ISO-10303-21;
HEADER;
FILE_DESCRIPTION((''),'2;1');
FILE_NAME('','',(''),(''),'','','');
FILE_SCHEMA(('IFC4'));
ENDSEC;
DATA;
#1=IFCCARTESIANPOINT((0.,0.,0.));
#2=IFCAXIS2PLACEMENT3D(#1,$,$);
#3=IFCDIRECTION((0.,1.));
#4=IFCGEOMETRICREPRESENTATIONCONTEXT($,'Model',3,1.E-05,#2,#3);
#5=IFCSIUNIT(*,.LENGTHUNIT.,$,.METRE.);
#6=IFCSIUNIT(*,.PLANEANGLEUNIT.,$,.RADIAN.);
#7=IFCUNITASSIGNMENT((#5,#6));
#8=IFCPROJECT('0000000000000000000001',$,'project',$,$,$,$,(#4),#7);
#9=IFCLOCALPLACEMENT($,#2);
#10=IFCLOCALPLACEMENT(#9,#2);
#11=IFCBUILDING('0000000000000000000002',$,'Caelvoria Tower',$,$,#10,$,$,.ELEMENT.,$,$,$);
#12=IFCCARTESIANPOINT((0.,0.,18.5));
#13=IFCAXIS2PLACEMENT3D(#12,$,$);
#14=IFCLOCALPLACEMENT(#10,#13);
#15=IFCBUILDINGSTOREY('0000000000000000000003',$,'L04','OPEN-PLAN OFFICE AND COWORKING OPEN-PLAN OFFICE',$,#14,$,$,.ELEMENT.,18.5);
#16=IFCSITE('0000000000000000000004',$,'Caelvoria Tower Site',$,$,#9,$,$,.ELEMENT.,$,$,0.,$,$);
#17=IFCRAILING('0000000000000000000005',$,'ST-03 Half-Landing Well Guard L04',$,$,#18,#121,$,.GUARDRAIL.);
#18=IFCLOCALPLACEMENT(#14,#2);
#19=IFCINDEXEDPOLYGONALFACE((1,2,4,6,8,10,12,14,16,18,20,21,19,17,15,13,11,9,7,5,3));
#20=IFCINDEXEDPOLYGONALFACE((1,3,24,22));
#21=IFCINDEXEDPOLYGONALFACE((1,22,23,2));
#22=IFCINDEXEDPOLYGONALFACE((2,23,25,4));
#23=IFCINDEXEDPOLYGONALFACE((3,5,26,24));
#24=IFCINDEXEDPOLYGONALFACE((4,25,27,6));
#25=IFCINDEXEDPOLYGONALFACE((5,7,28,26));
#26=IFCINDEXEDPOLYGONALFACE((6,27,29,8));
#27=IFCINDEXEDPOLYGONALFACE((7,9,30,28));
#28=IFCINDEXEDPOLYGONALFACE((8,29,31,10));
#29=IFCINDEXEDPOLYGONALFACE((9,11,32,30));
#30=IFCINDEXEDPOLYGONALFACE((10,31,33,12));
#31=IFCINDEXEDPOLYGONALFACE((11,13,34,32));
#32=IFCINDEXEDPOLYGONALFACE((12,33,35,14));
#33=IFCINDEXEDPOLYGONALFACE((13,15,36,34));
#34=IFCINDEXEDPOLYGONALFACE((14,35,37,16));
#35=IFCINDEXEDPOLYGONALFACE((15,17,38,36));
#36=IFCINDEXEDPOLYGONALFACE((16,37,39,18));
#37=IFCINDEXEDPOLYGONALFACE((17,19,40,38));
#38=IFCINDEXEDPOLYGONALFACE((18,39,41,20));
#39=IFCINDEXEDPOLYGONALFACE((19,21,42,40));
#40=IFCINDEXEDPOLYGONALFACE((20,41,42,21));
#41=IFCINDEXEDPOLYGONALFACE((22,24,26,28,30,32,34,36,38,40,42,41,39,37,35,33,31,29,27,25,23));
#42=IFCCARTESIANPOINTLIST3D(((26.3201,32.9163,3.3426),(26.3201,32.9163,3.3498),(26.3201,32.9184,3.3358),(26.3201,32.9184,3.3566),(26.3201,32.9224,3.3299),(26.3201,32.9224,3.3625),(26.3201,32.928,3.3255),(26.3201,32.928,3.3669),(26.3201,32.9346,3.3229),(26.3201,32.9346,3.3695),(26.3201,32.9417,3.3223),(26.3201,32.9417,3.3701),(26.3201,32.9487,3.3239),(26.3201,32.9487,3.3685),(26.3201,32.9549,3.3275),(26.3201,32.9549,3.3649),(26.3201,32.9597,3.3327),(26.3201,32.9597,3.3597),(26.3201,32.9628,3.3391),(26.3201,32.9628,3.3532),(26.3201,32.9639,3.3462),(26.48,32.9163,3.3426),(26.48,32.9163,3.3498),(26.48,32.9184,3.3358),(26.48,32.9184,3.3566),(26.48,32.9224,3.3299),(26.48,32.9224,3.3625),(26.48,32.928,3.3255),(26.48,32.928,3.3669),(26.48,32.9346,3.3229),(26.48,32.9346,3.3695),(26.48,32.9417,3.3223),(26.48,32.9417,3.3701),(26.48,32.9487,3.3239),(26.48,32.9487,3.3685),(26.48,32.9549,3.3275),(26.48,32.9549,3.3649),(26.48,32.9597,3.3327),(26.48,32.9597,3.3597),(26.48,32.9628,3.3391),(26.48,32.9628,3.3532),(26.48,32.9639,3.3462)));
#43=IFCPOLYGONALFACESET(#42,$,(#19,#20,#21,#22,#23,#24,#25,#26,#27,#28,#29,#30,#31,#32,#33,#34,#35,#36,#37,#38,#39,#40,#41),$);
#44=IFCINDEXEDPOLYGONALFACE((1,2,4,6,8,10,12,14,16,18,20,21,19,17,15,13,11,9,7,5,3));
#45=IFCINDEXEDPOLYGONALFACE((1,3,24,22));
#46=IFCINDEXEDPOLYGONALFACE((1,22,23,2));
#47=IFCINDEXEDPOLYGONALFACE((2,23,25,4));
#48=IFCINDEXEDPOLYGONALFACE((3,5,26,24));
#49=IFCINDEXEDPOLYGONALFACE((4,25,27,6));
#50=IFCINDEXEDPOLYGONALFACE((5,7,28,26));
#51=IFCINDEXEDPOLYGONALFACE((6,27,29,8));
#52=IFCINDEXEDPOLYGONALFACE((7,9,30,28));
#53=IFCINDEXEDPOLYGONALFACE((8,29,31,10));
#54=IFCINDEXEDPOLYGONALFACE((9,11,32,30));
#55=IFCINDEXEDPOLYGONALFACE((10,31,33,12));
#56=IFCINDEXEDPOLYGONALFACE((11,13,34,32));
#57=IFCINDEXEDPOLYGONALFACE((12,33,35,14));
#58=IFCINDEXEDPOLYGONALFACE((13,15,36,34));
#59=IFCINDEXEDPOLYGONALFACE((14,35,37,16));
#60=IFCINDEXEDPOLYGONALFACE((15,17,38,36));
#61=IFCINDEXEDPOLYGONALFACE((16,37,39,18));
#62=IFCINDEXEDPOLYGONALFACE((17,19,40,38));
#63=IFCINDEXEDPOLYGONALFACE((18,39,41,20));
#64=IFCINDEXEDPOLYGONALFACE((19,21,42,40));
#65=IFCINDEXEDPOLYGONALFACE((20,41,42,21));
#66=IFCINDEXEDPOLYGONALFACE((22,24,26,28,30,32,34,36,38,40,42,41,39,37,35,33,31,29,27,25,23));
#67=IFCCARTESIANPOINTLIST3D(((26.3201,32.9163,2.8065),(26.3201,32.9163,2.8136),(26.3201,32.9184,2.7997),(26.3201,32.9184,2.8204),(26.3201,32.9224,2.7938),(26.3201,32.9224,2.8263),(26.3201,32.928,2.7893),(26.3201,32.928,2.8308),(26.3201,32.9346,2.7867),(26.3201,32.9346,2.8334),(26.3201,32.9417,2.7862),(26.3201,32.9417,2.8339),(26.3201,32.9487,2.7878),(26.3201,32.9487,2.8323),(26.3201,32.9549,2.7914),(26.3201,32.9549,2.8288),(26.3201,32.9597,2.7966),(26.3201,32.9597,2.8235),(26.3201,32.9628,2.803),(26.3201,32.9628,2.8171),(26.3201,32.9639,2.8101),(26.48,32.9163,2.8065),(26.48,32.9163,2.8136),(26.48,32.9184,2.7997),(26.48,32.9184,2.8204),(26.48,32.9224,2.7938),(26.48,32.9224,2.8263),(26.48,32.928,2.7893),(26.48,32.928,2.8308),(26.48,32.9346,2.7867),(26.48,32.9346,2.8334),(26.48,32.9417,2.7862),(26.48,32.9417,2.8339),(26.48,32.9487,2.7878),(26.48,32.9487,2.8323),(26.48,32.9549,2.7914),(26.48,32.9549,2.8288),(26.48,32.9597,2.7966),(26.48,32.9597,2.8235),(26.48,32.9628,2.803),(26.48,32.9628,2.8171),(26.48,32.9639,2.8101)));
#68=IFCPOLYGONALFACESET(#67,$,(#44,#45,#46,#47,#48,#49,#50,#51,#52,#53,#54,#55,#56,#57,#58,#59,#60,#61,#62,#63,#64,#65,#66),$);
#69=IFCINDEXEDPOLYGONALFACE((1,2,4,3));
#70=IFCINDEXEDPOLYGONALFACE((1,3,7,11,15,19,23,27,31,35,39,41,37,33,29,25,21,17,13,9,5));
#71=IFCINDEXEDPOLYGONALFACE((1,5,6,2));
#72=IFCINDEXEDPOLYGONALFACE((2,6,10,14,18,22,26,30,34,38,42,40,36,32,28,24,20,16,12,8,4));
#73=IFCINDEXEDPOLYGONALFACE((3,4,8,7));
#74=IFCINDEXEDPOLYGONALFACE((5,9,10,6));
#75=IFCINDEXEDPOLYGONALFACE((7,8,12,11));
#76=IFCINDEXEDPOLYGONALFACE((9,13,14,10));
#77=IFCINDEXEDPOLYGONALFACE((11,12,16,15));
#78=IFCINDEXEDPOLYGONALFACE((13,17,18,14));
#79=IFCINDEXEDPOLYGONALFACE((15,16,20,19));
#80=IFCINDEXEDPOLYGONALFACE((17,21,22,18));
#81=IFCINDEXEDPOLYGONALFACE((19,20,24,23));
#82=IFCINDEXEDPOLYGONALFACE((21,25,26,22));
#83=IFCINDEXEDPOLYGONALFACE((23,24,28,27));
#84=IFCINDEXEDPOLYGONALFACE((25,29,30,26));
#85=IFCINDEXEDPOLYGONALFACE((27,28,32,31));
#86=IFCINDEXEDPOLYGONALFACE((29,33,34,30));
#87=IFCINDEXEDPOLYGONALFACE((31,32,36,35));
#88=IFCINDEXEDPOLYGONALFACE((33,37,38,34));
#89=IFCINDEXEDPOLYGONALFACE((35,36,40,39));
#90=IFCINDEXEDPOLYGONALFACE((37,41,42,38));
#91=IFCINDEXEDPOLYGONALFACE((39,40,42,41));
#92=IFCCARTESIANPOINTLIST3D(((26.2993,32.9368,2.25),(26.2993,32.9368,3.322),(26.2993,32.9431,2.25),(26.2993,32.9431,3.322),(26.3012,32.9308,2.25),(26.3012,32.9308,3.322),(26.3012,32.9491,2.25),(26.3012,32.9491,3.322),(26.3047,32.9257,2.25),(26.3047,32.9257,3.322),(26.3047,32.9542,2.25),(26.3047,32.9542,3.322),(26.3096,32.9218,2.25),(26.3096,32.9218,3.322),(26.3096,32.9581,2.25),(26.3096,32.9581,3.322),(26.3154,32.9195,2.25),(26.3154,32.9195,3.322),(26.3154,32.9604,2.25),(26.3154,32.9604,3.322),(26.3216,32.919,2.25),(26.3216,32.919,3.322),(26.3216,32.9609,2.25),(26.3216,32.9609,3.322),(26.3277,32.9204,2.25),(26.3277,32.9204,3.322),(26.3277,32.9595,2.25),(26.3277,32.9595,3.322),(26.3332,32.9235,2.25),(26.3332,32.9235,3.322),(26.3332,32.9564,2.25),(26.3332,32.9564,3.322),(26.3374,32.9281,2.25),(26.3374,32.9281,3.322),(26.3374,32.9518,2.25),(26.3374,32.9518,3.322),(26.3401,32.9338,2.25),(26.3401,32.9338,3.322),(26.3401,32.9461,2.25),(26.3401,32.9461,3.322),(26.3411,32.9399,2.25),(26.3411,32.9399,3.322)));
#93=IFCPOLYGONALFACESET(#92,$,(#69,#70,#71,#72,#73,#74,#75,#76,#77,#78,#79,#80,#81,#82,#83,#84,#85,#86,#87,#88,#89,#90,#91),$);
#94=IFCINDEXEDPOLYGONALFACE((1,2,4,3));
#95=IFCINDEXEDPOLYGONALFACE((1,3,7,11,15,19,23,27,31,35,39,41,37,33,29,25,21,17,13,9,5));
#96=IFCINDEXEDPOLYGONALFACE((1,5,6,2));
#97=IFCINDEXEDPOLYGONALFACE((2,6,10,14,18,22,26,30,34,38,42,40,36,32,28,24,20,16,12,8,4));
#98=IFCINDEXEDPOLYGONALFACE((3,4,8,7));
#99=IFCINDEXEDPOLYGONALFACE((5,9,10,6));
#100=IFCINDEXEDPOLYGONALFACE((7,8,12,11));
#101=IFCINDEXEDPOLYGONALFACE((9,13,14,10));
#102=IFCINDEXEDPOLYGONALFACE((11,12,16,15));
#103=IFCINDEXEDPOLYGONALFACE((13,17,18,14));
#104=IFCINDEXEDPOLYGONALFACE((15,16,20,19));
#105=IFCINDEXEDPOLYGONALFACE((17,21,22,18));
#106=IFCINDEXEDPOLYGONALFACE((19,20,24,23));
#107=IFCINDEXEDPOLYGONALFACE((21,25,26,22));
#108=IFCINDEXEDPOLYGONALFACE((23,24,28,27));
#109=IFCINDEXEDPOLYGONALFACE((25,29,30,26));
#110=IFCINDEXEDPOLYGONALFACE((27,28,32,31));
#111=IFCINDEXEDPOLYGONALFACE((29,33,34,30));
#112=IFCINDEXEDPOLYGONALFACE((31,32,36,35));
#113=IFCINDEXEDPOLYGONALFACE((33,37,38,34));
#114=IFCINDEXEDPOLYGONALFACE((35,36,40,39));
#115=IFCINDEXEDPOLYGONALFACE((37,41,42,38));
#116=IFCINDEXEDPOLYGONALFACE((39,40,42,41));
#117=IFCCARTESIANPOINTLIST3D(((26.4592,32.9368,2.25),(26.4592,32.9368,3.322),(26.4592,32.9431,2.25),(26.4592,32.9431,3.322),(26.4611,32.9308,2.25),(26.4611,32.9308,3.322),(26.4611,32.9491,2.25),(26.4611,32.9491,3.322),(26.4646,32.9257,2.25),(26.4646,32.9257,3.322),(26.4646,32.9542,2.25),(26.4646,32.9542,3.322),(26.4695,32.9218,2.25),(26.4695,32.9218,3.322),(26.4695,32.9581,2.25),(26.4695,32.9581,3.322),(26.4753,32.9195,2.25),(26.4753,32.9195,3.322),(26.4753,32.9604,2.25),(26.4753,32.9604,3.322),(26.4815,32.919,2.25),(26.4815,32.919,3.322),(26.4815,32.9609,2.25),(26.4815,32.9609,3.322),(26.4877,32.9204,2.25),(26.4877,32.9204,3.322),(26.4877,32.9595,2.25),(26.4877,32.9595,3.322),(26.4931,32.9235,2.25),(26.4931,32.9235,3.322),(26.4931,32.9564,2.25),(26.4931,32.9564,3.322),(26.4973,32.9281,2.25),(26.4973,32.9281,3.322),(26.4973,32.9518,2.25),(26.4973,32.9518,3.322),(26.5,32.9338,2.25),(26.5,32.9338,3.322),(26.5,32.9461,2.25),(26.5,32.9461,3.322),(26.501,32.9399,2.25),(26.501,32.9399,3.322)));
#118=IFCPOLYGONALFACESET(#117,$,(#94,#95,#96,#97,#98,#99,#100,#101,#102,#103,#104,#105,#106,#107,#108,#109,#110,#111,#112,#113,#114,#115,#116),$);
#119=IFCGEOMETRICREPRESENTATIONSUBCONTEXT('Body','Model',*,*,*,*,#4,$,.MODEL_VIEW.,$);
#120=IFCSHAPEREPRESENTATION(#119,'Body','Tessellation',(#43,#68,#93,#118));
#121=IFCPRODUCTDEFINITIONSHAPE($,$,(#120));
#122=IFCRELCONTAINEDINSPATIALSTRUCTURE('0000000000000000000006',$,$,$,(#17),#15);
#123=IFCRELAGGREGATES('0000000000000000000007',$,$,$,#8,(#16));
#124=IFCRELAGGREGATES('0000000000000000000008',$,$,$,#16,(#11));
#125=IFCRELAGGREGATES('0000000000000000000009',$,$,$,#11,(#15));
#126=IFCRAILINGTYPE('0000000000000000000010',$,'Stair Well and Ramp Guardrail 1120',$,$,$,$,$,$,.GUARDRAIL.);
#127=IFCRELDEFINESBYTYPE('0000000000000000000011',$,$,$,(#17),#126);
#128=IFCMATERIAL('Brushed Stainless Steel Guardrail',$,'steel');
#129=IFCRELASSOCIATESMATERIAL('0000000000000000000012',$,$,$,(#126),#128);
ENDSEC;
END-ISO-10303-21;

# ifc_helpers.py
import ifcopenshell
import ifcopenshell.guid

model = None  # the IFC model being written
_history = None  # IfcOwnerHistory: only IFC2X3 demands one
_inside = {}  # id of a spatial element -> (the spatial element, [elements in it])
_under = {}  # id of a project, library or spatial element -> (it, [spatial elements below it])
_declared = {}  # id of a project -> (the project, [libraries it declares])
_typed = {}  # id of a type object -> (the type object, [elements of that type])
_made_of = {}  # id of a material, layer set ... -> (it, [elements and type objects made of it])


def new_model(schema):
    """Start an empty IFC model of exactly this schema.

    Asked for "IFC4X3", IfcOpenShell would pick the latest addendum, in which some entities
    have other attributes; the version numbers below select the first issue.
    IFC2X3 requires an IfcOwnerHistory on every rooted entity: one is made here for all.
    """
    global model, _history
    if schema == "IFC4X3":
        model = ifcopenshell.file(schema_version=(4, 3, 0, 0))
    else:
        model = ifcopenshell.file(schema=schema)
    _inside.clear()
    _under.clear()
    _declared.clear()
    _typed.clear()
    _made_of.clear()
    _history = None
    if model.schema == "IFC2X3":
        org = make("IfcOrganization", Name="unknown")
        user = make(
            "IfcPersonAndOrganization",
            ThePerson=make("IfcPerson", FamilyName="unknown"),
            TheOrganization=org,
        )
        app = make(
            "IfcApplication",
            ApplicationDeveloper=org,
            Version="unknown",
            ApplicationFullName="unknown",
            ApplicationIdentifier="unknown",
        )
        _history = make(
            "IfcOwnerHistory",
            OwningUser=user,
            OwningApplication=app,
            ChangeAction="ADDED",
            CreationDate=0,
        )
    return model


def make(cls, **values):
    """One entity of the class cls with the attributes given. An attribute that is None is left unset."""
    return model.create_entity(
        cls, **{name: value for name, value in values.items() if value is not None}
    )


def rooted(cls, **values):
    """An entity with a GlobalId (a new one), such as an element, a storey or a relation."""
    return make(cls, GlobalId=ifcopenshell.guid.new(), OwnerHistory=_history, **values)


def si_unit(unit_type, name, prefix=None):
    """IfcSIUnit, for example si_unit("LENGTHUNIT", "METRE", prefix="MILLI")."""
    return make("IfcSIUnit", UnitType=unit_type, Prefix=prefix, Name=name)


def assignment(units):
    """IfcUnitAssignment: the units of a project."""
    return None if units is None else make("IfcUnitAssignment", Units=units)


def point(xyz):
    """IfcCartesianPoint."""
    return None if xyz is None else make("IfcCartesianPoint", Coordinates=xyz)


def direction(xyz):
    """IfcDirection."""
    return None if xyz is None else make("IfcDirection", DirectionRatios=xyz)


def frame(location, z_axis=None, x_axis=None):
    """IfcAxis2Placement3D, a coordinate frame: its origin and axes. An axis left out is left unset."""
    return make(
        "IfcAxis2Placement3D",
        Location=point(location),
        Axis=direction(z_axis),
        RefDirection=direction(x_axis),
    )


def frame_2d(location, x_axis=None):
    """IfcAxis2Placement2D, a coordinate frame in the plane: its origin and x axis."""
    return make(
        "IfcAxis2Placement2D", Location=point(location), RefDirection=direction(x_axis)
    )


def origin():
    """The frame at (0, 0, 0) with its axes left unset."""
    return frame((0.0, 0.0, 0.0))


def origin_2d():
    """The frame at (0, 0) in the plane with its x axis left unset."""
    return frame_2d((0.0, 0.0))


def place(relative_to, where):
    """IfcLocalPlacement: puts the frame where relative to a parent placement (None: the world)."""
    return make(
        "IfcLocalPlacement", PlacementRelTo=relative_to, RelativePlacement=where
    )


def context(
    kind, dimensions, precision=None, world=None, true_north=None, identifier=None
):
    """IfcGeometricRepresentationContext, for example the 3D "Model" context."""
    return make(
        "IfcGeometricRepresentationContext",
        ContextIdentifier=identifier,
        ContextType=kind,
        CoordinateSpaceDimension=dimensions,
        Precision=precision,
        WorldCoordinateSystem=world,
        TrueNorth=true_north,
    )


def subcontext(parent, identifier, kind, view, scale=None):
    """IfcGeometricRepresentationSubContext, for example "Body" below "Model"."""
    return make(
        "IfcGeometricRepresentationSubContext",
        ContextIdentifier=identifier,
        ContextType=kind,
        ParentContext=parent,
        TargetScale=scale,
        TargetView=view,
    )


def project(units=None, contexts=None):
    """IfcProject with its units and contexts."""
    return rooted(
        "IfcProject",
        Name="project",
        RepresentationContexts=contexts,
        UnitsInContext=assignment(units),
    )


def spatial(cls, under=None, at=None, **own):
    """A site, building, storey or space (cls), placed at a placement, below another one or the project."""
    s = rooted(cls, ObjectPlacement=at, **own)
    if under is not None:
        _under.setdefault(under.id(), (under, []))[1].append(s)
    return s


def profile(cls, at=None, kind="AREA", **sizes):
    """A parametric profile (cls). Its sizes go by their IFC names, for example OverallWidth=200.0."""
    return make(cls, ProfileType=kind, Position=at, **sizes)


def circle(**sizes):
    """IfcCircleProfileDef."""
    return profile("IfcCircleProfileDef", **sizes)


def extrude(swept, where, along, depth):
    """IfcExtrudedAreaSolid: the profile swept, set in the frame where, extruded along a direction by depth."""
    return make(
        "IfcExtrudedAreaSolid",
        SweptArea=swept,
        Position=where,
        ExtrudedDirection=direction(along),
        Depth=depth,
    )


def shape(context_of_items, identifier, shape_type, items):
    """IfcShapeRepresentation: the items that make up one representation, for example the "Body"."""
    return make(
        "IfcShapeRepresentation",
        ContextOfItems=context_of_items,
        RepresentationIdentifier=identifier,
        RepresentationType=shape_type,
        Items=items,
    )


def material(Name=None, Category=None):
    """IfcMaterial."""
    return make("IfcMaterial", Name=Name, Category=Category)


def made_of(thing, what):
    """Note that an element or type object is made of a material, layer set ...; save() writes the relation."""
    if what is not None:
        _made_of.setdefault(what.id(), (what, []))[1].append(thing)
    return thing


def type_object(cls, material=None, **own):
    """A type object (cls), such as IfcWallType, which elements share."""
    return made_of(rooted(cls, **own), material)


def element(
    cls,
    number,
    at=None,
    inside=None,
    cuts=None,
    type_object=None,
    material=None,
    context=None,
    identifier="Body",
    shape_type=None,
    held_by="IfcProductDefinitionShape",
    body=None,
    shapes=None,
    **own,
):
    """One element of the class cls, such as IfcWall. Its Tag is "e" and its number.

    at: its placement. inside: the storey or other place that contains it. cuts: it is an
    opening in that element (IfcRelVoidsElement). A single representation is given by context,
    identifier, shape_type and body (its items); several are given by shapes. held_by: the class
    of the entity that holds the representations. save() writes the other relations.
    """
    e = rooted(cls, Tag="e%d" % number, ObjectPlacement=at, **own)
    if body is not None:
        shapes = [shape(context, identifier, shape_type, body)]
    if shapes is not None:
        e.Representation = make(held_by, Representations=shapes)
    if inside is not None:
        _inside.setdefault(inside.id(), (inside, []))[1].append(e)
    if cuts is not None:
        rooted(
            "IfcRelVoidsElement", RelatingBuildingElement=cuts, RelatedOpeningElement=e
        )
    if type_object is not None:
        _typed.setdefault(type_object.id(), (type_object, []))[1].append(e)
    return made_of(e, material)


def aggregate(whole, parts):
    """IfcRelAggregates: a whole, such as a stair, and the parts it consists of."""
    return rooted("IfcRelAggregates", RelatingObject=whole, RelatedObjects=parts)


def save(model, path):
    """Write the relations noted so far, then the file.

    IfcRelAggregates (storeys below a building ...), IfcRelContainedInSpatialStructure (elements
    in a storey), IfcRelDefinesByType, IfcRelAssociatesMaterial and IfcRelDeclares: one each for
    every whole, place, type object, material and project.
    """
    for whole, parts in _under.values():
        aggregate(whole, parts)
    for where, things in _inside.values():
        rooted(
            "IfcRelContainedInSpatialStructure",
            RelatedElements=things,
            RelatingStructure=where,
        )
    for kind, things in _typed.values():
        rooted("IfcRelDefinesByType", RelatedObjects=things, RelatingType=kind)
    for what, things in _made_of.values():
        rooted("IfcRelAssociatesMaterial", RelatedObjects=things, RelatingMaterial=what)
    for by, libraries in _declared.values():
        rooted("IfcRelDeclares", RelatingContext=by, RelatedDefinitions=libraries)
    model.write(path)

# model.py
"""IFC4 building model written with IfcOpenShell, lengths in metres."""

from ifc_helpers import new_model, si_unit, direction, frame, origin, origin_2d, place, context, subcontext, project, spatial, circle, extrude, material, type_object, element, save


model = new_model("IFC4")

# Units and contexts
model_context = context("Model", 3, precision=1e-05, world=origin(), true_north=direction((0.0, 1.0)))
body_context = subcontext(model_context, "Body", "Model", "MODEL_VIEW")
ifc_project = project(units=[si_unit("LENGTHUNIT", "METRE"), si_unit("PLANEANGLEUNIT", "RADIAN")], contexts=[model_context])

# Site, building, storey
site_placement = place(None, origin())
site = spatial("IfcSite", under=ifc_project, at=site_placement, Name="Caelvoria Tower Site", CompositionType="ELEMENT", RefElevation=0.0)
building_placement = place(site_placement, origin())
building = spatial("IfcBuilding", under=site, at=building_placement, Name="Caelvoria Tower", CompositionType="ELEMENT")
storey_placement = place(building_placement, frame((0.0, 0.0, 18.5)))
storey = spatial("IfcBuildingStorey", under=building, at=storey_placement, Name="L04", Description="OPEN-PLAN OFFICE AND COWORKING OPEN-PLAN OFFICE", CompositionType="ELEMENT", Elevation=18.5)

# Railing
ifc_material_1 = material(Name="Brushed Stainless Steel Guardrail", Category="steel")
railing_type_1 = type_object("IfcRailingType", Name="Stair Well and Ramp Guardrail 1120", PredefinedType="GUARDRAIL", material=ifc_material_1)
railing_1_placement = place(storey_placement, frame((26.3201, 32.9399, 2.25)))
element("IfcRailing", 1, at=railing_1_placement, inside=storey, type_object=railing_type_1, Name="ST-03 Half-Landing Well Guard L04", PredefinedType="GUARDRAIL", context=body_context, shape_type="SweptSolid", body=[
    extrude(circle(Radius=0.0239, at=origin_2d()), frame((0.0, 0.0, 1.0962), z_axis=(1.0, 0.0, 0.0), x_axis=(0.0, 1.0, 0.0)), (0.0, 0.0, 1.0), 0.1599),
    extrude(circle(Radius=0.0239, at=origin_2d()), frame((0.0, 0.0, 0.5601), z_axis=(1.0, 0.0, 0.0), x_axis=(0.0, 1.0, 0.0)), (0.0, 0.0, 1.0), 0.1599),
    extrude(circle(Radius=0.021, at=origin_2d()), origin(), (0.0, 0.0, 1.0), 1.072),
    extrude(circle(Radius=0.021, at=origin_2d()), frame((0.1599, 0.0, 0.0)), (0.0, 0.0, 1.0), 1.072),
])

save(model, "model.ifc")
